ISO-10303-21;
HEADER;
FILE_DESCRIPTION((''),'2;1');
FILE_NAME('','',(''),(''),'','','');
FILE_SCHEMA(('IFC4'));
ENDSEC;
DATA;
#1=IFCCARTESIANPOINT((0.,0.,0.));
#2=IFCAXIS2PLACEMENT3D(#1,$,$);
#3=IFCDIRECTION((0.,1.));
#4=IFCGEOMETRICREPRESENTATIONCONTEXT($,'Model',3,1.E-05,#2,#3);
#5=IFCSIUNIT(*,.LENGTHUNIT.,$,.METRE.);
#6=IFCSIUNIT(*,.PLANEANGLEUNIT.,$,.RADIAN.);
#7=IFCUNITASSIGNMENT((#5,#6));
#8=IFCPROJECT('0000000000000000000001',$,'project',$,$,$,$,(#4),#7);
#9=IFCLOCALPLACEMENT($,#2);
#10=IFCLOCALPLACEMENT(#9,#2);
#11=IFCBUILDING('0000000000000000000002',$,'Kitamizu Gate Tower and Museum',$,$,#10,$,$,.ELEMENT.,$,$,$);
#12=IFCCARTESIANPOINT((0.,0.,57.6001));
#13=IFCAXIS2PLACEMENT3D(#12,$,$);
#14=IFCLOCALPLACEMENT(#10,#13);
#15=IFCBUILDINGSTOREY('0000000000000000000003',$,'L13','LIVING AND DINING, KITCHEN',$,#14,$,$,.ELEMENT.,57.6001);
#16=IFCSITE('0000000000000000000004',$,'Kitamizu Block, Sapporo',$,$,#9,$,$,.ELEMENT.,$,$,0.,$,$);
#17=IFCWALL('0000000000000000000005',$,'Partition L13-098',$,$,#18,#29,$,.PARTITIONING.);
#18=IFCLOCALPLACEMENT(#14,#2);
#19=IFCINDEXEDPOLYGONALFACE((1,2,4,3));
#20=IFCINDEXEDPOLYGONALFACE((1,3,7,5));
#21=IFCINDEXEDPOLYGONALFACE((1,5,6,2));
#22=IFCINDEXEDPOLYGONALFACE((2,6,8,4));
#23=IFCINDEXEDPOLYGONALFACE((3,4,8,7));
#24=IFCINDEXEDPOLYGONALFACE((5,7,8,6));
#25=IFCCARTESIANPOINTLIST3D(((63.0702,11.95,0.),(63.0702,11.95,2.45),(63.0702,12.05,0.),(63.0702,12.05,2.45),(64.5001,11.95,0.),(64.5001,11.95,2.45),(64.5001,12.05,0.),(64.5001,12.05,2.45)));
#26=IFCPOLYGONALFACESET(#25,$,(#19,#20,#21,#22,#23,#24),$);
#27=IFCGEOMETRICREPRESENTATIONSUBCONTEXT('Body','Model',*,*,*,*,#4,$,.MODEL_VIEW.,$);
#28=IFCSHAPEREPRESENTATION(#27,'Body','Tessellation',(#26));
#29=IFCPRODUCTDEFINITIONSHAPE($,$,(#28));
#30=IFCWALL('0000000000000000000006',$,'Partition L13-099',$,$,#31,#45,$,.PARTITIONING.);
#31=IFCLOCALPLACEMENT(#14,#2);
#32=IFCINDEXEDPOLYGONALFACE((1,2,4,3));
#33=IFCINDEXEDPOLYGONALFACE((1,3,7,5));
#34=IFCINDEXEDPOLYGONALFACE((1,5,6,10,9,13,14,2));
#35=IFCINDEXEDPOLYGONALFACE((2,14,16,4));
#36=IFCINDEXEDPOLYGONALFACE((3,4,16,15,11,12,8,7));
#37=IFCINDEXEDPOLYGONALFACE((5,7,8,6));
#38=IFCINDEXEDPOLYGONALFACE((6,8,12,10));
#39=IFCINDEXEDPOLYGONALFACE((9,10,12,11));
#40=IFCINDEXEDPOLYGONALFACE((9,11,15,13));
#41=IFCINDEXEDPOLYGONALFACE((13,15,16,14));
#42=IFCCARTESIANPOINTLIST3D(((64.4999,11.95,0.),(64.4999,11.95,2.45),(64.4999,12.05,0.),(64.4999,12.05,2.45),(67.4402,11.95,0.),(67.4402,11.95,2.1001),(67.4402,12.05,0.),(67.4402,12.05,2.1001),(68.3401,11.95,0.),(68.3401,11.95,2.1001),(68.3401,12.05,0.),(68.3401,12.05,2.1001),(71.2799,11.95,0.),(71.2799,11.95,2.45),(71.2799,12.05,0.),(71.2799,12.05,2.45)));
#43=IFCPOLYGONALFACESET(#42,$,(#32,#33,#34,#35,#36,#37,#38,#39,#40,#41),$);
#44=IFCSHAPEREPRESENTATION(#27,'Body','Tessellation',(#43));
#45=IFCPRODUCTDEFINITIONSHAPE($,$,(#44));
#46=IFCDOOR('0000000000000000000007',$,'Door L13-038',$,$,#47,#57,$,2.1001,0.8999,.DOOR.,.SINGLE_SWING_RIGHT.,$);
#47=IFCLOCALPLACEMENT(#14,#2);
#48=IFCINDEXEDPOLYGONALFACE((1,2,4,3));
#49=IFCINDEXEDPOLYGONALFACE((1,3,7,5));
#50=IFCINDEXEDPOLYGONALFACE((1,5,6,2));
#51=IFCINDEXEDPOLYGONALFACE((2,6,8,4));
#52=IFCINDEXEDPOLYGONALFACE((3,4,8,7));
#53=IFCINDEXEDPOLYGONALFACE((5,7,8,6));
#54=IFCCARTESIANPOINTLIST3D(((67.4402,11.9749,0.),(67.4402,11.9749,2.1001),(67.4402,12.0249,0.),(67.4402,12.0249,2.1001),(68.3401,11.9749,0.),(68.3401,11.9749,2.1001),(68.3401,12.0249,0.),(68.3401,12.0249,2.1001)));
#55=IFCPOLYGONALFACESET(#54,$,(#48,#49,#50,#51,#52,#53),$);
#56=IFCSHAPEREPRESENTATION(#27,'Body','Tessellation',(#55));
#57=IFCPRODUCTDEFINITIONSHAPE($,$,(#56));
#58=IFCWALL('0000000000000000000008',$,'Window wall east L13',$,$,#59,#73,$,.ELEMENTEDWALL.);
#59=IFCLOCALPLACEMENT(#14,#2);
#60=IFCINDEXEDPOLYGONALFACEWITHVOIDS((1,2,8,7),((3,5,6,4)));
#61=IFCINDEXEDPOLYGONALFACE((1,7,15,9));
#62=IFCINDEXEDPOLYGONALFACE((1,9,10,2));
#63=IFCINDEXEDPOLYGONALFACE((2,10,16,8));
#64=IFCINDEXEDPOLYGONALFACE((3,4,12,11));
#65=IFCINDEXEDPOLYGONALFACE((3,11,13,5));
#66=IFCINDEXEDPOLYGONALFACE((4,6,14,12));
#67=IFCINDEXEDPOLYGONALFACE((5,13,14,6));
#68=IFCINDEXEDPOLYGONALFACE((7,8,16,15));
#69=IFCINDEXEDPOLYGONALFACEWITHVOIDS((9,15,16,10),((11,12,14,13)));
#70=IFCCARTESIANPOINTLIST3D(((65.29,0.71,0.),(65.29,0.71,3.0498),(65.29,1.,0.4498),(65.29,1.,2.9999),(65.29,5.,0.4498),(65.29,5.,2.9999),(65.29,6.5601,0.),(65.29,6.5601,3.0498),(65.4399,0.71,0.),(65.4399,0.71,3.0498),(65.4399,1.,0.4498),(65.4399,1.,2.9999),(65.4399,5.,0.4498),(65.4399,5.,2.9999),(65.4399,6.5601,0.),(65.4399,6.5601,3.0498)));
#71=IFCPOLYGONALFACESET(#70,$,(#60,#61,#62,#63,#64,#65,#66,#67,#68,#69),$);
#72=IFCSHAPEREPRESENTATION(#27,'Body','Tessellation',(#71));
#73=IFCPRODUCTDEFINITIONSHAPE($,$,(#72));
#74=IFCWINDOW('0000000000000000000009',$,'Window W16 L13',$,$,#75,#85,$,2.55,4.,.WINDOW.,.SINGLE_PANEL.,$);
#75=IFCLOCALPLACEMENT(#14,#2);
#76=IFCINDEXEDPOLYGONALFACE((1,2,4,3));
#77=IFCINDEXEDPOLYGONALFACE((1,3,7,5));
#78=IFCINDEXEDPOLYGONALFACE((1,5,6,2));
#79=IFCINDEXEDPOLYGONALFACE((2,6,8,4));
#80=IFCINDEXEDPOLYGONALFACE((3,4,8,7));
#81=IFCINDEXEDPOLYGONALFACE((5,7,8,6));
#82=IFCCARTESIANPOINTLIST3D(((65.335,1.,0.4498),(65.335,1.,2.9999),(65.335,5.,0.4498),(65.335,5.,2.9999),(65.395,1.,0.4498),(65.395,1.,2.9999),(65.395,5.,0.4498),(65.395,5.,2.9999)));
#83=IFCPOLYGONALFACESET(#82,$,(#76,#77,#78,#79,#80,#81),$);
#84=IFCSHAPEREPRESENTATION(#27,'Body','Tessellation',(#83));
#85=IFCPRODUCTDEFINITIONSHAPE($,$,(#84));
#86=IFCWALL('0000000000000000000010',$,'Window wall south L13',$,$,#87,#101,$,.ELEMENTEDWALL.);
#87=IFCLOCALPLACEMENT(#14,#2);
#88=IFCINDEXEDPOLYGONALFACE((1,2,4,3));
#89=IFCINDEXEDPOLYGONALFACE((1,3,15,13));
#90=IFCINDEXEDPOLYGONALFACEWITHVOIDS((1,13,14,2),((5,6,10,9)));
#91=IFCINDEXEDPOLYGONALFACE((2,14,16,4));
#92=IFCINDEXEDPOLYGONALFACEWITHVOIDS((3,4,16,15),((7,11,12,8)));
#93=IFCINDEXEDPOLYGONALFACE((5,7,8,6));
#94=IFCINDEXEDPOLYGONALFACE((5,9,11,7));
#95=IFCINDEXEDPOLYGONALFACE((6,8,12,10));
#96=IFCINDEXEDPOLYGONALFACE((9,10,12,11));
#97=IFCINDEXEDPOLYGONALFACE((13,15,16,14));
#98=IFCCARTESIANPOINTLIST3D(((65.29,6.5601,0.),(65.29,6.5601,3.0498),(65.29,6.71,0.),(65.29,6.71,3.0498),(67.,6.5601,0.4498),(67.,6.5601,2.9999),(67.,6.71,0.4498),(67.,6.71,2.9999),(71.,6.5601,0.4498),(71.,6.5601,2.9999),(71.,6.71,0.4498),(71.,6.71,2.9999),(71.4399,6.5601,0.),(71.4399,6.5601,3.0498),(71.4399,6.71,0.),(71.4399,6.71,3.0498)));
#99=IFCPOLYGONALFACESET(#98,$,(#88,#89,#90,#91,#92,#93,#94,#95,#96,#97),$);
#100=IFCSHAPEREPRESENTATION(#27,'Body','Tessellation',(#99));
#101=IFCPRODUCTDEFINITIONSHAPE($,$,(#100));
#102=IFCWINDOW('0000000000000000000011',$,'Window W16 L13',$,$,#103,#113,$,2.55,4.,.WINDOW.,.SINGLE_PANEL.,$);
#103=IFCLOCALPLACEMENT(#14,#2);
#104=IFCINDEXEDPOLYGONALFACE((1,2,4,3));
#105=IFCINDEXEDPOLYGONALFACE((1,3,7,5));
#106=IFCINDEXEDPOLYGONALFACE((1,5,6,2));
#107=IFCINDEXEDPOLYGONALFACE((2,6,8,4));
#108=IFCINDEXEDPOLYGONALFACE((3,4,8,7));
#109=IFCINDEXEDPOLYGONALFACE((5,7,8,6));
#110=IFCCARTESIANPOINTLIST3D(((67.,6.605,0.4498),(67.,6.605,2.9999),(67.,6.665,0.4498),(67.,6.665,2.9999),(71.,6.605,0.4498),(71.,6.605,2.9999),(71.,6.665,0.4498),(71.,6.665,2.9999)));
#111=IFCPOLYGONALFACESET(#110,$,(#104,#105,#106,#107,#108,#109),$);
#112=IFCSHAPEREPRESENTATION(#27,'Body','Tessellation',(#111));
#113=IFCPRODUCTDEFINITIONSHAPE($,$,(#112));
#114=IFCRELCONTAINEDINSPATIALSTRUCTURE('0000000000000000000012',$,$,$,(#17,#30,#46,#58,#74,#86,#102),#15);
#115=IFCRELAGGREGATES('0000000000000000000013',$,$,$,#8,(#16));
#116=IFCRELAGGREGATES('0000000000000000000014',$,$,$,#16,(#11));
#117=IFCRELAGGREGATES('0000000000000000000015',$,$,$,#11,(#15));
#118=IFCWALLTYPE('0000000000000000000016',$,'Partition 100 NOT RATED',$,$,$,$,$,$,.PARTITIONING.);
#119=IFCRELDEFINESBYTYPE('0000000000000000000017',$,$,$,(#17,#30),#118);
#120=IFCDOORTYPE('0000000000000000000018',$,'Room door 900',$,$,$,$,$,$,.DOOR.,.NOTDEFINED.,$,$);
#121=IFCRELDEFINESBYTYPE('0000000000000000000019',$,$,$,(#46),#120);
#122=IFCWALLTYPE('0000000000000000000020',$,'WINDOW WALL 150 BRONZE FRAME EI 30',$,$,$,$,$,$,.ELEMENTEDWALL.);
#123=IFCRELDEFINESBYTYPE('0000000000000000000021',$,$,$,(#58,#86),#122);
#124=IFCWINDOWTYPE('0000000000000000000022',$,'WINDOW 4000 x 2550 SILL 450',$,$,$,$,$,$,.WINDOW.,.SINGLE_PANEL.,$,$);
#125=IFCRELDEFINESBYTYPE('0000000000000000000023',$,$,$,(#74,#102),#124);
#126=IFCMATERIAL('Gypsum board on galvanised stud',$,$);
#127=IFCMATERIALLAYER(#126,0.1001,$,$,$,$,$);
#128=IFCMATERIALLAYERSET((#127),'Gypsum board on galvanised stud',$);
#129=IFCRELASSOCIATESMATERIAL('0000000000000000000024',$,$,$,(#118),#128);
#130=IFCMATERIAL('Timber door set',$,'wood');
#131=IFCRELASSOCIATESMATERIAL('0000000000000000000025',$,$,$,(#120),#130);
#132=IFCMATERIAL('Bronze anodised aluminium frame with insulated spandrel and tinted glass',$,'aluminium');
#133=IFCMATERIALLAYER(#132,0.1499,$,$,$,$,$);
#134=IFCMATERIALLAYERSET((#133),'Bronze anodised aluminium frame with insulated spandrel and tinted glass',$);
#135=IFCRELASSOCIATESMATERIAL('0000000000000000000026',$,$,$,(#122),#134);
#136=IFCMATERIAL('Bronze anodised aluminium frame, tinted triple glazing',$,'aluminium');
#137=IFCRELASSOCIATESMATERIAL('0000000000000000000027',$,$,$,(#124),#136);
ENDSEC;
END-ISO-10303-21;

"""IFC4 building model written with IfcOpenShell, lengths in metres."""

from ifc_helpers import new_model, si_unit, direction, frame, frame_2d, origin, place, context, subcontext, project, spatial, rectangle, extrude, material, layer, layer_set, type_object, element, fill, save


model = new_model("IFC4")

# Units and contexts
model_context = context("Model", 3, precision=1e-05, world=origin(), true_north=direction((0.0, 1.0)))
body_context = subcontext(model_context, "Body", "Model", "MODEL_VIEW")
ifc_project = project(units=[si_unit("LENGTHUNIT", "METRE"), si_unit("PLANEANGLEUNIT", "RADIAN")], contexts=[model_context])

# Site, building, storey
site_placement = place(None, origin())
site = spatial("IfcSite", under=ifc_project, at=site_placement, Name="Kitamizu Block, Sapporo", CompositionType="ELEMENT", RefElevation=0.0)
building_placement = place(site_placement, origin())
building = spatial("IfcBuilding", under=site, at=building_placement, Name="Kitamizu Gate Tower and Museum", CompositionType="ELEMENT")
storey_placement = place(building_placement, frame((0.0, 0.0, 57.6001)))
storey = spatial("IfcBuildingStorey", under=building, at=storey_placement, Name="L13", Description="LIVING AND DINING, KITCHEN", CompositionType="ELEMENT", Elevation=57.6001)

# Shared definitions
ifc_material_1 = material(Name="Gypsum board on galvanised stud")
ifc_layer_1 = layer(ifc_material_1, 0.1001)
ifc_layer_set_1 = layer_set([ifc_layer_1], Name="Gypsum board on galvanised stud")
wall_type_1 = type_object("IfcWallType", Name="Partition 100 NOT RATED", PredefinedType="PARTITIONING", material=ifc_layer_set_1)
ifc_material_2 = material(Name="Timber door set", Category="wood")
door_type = type_object("IfcDoorType", Name="Room door 900", OperationType="NOTDEFINED", PredefinedType="DOOR", material=ifc_material_2)

# Wall
wall_1_placement = place(storey_placement, frame((64.5, 12.0, 0.0), z_axis=(0.0, 0.0, 1.0), x_axis=(-1.0, 0.0, 0.0)))
element("IfcWall", 1, at=wall_1_placement, inside=storey, type_object=wall_type_1, Name="Partition L13-098", PredefinedType="PARTITIONING", context=body_context, shape_type="SweptSolid", body=[
    extrude(rectangle(XDim=1.4299, YDim=0.1001, at=frame_2d((0.7148, 0.0))), origin(), (0.0, 0.0, 1.0), 2.45),
])

# Wall, opening, door
wall_2_placement = place(storey_placement, frame((71.28, 12.0, 0.0), z_axis=(0.0, 0.0, 1.0), x_axis=(-1.0, 0.0, 0.0)))
wall_2 = element("IfcWall", 2, at=wall_2_placement, inside=storey, type_object=wall_type_1, Name="Partition L13-099", PredefinedType="PARTITIONING", context=body_context, shape_type="SweptSolid", body=[
    extrude(rectangle(XDim=6.78, YDim=0.1001, at=frame_2d((3.3901, 0.0))), origin(), (0.0, 0.0, 1.0), 2.45),
])
opening_1_placement = place(wall_2_placement, frame((2.9399, 0.0, 0.0)))
opening_1 = element("IfcOpeningElement", 3, at=opening_1_placement, cuts=wall_2, PredefinedType="OPENING", context=body_context, shape_type="SweptSolid", body=[
    extrude(rectangle(XDim=0.8999, YDim=2.1001, at=frame_2d((0.45, 1.05))), frame((0.0, 0.0601, 0.0), z_axis=(0.0, -1.0, 0.0), x_axis=(1.0, 0.0, 0.0)), (0.0, 0.0, 1.0), 0.1201),
])
door_1_placement = place(opening_1_placement, frame((0.8999, 0.0, 0.0), x_axis=(-1.0, 0.0, 0.0)))
door_1 = element("IfcDoor", 4, at=door_1_placement, inside=storey, type_object=door_type, Name="Door L13-038", OperationType="SINGLE_SWING_RIGHT", OverallHeight=2.1001, OverallWidth=0.8999, PredefinedType="DOOR", context=body_context, shape_type="SweptSolid", body=[
    extrude(rectangle(XDim=0.8999, YDim=2.1001, at=frame_2d((0.45, 1.05))), frame((0.0, 0.0249, 0.0), z_axis=(0.0, -1.0, 0.0), x_axis=(1.0, 0.0, 0.0)), (0.0, 0.0, 1.0), 0.05),
])
fill(opening_1, door_1)

# Walls, openings, windows
ifc_material_3 = material(Name="Bronze anodised aluminium frame with insulated spandrel and tinted glass", Category="aluminium")
ifc_layer_2 = layer(ifc_material_3, 0.1499)
ifc_layer_set_2 = layer_set([ifc_layer_2], Name="Bronze anodised aluminium frame with insulated spandrel and tinted glass")
wall_type_2 = type_object("IfcWallType", Name="WINDOW WALL 150 BRONZE FRAME EI 30", PredefinedType="ELEMENTEDWALL", material=ifc_layer_set_2)
wall_3_placement = place(storey_placement, frame((65.365, 0.71, 0.0), z_axis=(0.0, 0.0, 1.0), x_axis=(0.0, 1.0, 0.0)))
wall_3 = element("IfcWall", 5, at=wall_3_placement, inside=storey, type_object=wall_type_2, Name="Window wall east L13", PredefinedType="ELEMENTEDWALL", context=body_context, shape_type="SweptSolid", body=[
    extrude(rectangle(XDim=5.8501, YDim=0.1499, at=frame_2d((2.925, 0.0))), origin(), (0.0, 0.0, 1.0), 3.0498),
])
opening_2_placement = place(wall_3_placement, frame((0.29, 0.0, 0.45)))
opening_2 = element("IfcOpeningElement", 6, at=opening_2_placement, cuts=wall_3, PredefinedType="OPENING", context=body_context, shape_type="SweptSolid", body=[
    extrude(rectangle(XDim=4.0, YDim=2.55, at=frame_2d((2.0, 1.2749))), frame((0.0, 0.085, 0.0), z_axis=(0.0, -1.0, 0.0), x_axis=(1.0, 0.0, 0.0)), (0.0, 0.0, 1.0), 0.1699),
])
ifc_material_4 = material(Name="Bronze anodised aluminium frame, tinted triple glazing", Category="aluminium")
window_type_1 = type_object("IfcWindowType", Name="WINDOW 4000 x 2550 SILL 450", PartitioningType="SINGLE_PANEL", PredefinedType="WINDOW", material=ifc_material_4)
window_1_placement = place(opening_2_placement, origin())
window_1 = element("IfcWindow", 7, at=window_1_placement, inside=storey, type_object=window_type_1, Name="Window W16 L13", OverallHeight=2.55, OverallWidth=4.0, PartitioningType="SINGLE_PANEL", PredefinedType="WINDOW", context=body_context, shape_type="SweptSolid", body=[
    extrude(rectangle(XDim=4.0, YDim=2.55, at=frame_2d((2.0, 1.2749))), frame((0.0, 0.03, 0.0), z_axis=(0.0, -1.0, 0.0), x_axis=(1.0, 0.0, 0.0)), (0.0, 0.0, 1.0), 0.0601),
])
fill(opening_2, window_1)
wall_4_placement = place(storey_placement, frame((65.29, 6.635, 0.0), z_axis=(0.0, 0.0, 1.0), x_axis=(1.0, 0.0, 0.0)))
wall_4 = element("IfcWall", 8, at=wall_4_placement, inside=storey, type_object=wall_type_2, Name="Window wall south L13", PredefinedType="ELEMENTEDWALL", context=body_context, shape_type="SweptSolid", body=[
    extrude(rectangle(XDim=6.1499, YDim=0.1499, at=frame_2d((3.075, 0.0))), origin(), (0.0, 0.0, 1.0), 3.0498),
])
opening_3_placement = place(wall_4_placement, frame((1.71, 0.0, 0.45)))
opening_3 = element("IfcOpeningElement", 9, at=opening_3_placement, cuts=wall_4, PredefinedType="OPENING", context=body_context, shape_type="SweptSolid", body=[
    extrude(rectangle(XDim=4.0, YDim=2.55, at=frame_2d((2.0, 1.2749))), frame((0.0, 0.085, 0.0), z_axis=(0.0, -1.0, 0.0), x_axis=(1.0, 0.0, 0.0)), (0.0, 0.0, 1.0), 0.1699),
])
window_2_placement = place(opening_3_placement, origin())
window_2 = element("IfcWindow", 10, at=window_2_placement, inside=storey, type_object=window_type_1, Name="Window W16 L13", OverallHeight=2.55, OverallWidth=4.0, PartitioningType="SINGLE_PANEL", PredefinedType="WINDOW", context=body_context, shape_type="SweptSolid", body=[
    extrude(rectangle(XDim=4.0, YDim=2.55, at=frame_2d((2.0, 1.2749))), frame((0.0, 0.03, 0.0), z_axis=(0.0, -1.0, 0.0), x_axis=(1.0, 0.0, 0.0)), (0.0, 0.0, 1.0), 0.0601),
])
fill(opening_3, window_2)

save(model, "model.ifc")
